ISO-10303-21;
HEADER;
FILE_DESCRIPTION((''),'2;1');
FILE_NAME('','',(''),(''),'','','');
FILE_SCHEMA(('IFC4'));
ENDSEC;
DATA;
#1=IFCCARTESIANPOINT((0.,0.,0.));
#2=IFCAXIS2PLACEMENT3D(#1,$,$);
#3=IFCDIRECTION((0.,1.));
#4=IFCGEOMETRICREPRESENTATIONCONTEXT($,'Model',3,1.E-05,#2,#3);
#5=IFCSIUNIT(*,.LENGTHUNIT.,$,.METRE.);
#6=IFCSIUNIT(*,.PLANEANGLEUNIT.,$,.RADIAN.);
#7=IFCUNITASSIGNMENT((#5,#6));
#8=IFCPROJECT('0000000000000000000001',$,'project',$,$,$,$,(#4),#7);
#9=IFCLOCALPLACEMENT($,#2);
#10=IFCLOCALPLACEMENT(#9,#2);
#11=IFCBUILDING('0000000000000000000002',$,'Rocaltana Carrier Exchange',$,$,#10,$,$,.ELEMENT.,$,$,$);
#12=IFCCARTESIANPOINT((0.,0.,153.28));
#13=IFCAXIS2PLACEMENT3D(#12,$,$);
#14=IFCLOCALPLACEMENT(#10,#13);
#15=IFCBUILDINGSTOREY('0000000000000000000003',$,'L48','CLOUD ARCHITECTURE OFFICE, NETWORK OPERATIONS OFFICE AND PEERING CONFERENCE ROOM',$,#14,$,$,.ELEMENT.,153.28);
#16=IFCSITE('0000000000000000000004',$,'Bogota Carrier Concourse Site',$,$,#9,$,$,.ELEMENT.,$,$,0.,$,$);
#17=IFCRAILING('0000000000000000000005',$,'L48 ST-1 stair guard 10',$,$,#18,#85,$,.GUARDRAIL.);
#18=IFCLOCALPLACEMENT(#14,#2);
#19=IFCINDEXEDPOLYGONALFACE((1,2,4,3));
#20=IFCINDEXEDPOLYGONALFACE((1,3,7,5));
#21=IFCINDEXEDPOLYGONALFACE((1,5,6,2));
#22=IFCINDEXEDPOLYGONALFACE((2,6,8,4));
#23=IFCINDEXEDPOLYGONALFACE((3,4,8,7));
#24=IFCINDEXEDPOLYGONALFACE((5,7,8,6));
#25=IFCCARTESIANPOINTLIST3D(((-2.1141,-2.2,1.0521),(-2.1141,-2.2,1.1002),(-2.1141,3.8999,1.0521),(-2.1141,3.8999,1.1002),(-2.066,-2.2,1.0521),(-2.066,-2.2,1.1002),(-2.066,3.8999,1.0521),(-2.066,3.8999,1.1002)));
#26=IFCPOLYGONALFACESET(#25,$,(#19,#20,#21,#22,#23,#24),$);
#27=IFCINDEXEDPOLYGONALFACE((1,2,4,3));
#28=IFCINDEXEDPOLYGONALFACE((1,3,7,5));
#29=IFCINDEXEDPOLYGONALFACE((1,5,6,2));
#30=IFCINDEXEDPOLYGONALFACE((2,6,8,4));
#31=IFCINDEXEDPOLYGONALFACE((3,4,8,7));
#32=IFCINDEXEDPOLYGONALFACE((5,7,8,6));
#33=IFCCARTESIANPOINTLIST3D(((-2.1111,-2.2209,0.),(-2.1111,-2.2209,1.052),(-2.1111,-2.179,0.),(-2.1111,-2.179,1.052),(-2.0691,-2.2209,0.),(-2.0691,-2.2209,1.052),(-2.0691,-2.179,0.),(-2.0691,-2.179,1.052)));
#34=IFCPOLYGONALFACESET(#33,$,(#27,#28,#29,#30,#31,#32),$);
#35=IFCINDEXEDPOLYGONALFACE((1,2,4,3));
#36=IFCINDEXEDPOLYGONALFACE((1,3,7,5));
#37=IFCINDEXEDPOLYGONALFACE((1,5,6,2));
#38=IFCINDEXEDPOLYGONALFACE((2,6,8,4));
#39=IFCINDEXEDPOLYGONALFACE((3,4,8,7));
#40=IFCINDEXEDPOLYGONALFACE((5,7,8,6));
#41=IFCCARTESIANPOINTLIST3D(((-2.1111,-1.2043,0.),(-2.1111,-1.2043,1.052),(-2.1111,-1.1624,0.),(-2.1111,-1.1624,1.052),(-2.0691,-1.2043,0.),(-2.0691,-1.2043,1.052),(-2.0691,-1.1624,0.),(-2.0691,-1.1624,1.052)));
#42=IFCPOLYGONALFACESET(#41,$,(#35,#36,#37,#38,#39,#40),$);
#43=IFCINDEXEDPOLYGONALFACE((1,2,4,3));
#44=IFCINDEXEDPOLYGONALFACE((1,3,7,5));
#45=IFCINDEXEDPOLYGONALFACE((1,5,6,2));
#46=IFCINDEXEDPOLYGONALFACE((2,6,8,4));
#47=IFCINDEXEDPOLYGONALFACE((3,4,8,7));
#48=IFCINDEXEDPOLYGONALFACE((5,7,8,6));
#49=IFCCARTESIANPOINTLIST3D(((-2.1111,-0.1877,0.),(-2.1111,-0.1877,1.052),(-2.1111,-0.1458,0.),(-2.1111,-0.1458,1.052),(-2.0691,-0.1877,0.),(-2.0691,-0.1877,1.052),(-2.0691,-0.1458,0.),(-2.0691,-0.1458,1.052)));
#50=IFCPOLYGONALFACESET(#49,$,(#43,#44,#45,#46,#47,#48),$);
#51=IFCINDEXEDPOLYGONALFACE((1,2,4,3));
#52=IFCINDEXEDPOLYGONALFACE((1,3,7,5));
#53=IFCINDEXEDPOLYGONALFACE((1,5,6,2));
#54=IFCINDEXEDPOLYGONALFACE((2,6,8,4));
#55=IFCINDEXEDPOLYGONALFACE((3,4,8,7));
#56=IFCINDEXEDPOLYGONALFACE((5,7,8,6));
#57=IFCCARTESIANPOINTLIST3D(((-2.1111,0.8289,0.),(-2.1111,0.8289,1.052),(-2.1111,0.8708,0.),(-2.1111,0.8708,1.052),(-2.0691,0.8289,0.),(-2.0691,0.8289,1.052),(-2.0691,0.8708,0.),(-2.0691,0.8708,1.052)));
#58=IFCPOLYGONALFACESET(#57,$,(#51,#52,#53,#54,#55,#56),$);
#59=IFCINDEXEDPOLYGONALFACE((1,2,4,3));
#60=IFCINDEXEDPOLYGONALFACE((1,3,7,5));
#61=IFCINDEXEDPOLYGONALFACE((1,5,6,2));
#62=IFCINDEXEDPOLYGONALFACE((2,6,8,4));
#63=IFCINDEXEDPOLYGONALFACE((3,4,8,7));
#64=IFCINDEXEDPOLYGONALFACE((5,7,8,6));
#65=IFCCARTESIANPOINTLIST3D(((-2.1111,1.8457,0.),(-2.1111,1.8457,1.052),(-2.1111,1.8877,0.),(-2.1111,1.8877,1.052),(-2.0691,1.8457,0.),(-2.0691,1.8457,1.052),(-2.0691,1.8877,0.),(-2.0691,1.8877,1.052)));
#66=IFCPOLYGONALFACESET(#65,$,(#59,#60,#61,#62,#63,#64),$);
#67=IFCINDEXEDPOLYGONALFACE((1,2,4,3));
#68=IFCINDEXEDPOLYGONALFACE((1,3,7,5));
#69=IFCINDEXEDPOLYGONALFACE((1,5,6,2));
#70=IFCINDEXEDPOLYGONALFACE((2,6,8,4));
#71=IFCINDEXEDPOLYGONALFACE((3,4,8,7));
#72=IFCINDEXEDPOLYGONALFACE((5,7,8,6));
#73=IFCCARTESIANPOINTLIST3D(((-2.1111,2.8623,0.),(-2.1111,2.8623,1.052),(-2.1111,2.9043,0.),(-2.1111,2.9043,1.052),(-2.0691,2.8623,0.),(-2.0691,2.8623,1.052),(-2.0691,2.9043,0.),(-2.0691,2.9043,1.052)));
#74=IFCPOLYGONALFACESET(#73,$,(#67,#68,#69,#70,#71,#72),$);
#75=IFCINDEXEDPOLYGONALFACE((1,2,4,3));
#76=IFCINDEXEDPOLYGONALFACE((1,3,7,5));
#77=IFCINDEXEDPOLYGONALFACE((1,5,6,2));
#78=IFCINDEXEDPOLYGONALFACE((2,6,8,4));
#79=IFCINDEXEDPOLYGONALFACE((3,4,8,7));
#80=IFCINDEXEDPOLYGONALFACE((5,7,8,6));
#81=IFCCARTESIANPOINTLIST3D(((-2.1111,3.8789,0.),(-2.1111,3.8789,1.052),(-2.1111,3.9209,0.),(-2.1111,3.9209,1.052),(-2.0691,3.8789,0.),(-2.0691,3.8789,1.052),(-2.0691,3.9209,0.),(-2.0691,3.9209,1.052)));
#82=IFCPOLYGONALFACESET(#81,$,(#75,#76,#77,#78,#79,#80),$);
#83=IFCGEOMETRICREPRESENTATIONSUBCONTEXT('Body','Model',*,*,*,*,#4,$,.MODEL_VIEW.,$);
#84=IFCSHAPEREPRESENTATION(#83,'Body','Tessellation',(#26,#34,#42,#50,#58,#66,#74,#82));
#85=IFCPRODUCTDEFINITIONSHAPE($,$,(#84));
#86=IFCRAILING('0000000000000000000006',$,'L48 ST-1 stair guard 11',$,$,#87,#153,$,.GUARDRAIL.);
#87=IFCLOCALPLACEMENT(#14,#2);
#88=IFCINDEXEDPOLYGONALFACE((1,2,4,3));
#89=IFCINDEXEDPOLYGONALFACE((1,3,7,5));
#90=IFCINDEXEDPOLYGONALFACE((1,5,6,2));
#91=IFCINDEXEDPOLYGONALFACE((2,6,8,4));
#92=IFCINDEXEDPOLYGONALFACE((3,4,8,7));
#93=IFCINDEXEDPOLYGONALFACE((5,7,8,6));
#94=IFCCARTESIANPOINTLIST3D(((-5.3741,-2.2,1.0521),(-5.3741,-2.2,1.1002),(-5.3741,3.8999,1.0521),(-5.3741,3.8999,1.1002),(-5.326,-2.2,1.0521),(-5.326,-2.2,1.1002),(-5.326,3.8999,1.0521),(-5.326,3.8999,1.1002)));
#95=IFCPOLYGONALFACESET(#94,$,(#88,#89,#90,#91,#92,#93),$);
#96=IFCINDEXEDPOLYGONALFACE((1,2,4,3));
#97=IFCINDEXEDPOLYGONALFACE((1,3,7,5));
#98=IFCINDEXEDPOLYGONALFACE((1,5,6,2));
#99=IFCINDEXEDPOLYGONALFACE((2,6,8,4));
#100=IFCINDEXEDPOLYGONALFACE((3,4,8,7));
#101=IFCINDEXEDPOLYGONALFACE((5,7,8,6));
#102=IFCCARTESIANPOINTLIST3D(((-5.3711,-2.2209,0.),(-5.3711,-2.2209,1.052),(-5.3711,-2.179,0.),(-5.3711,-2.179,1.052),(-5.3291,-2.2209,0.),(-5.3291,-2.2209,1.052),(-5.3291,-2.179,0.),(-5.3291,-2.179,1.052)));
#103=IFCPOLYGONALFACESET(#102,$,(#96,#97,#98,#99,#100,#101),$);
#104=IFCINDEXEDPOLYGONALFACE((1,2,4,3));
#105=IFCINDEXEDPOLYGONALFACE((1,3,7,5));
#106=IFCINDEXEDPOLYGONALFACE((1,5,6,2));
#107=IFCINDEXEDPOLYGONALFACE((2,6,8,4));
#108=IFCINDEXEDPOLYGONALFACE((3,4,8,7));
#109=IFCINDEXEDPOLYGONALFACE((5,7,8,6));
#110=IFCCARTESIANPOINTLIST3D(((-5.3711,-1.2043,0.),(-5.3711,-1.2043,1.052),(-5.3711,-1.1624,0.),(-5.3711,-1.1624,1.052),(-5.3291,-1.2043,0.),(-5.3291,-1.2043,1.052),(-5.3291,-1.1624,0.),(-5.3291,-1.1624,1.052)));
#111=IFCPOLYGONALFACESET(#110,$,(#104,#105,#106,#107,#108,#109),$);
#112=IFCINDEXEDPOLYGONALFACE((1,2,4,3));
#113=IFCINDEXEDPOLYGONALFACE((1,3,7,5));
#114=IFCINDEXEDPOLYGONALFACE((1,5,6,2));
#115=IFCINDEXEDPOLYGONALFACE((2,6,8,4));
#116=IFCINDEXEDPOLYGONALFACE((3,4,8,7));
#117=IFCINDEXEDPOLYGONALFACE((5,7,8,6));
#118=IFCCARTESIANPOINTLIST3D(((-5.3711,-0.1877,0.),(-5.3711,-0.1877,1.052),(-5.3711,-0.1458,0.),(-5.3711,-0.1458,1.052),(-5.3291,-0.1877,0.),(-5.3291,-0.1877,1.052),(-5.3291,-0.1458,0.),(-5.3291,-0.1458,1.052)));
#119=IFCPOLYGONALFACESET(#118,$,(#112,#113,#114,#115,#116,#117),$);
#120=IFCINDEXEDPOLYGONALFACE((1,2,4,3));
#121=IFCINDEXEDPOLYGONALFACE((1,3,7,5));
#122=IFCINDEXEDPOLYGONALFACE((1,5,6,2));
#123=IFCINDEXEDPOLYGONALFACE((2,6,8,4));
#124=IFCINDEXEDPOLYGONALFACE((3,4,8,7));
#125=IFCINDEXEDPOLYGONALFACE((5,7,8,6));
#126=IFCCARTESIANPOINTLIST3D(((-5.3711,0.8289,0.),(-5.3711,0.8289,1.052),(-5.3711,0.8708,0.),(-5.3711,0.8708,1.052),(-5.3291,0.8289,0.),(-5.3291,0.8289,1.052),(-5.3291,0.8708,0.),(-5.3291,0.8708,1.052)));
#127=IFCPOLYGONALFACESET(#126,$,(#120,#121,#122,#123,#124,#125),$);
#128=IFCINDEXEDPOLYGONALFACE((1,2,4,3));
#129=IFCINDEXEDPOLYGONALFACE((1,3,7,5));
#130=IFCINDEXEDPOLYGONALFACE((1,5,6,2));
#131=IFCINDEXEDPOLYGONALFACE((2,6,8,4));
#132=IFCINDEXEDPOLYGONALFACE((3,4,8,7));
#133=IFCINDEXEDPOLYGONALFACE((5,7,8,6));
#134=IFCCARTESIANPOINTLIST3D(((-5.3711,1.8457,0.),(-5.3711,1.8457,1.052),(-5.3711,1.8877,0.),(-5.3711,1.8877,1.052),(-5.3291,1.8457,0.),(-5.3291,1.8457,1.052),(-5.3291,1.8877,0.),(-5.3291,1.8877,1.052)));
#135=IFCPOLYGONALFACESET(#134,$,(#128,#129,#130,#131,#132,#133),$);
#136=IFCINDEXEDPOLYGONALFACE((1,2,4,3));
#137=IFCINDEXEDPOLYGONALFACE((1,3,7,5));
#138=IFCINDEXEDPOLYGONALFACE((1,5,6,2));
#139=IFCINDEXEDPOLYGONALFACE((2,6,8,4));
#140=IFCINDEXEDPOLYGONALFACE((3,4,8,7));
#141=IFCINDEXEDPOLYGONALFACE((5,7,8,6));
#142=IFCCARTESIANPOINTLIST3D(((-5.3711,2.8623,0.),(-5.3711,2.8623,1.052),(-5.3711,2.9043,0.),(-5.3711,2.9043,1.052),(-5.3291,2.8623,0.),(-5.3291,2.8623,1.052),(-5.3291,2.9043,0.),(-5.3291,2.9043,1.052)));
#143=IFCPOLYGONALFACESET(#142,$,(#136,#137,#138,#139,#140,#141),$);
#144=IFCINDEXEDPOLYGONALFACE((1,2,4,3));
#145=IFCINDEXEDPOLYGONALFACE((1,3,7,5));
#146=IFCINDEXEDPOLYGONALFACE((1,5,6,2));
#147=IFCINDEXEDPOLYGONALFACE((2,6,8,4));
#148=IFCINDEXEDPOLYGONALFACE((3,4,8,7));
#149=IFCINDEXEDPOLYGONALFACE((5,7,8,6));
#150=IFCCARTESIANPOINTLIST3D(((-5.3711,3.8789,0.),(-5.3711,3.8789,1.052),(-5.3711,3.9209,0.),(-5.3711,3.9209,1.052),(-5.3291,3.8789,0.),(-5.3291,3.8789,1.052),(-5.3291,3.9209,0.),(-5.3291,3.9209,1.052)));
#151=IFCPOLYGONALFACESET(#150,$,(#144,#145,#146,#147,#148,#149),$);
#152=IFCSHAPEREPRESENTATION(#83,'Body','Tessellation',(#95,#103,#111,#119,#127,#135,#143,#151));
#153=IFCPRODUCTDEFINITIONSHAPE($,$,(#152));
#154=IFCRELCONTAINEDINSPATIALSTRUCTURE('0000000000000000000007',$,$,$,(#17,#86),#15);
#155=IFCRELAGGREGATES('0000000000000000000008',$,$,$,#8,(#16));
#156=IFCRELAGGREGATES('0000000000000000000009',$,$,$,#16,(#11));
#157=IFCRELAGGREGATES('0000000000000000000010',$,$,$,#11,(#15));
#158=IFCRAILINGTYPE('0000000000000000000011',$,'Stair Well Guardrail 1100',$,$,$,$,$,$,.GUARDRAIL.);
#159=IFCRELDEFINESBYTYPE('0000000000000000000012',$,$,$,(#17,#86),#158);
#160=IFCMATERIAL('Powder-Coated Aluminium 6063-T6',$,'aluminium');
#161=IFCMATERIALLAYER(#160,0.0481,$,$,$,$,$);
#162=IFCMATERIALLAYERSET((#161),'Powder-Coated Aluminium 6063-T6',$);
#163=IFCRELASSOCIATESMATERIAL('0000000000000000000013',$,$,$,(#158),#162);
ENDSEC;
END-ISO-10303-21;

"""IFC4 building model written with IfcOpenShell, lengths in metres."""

from ifc_helpers import new_model, si_unit, direction, frame, origin, origin_2d, place, context, subcontext, project, spatial, rectangle, extrude, material, layer, layer_set, type_object, element, save


model = new_model("IFC4")

# Units and contexts
model_context = context("Model", 3, precision=1e-05, world=origin(), true_north=direction((0.0, 1.0)))
body_context = subcontext(model_context, "Body", "Model", "MODEL_VIEW")
ifc_project = project(units=[si_unit("LENGTHUNIT", "METRE"), si_unit("PLANEANGLEUNIT", "RADIAN")], contexts=[model_context])

# Site, building, storey
site_placement = place(None, origin())
site = spatial("IfcSite", under=ifc_project, at=site_placement, Name="Bogota Carrier Concourse Site", CompositionType="ELEMENT", RefElevation=0.0)
building_placement = place(site_placement, origin())
building = spatial("IfcBuilding", under=site, at=building_placement, Name="Rocaltana Carrier Exchange", CompositionType="ELEMENT")
storey_placement = place(building_placement, frame((0.0, 0.0, 153.28)))
storey = spatial("IfcBuildingStorey", under=building, at=storey_placement, Name="L48", Description="CLOUD ARCHITECTURE OFFICE, NETWORK OPERATIONS OFFICE AND PEERING CONFERENCE ROOM", CompositionType="ELEMENT", Elevation=153.28)

# Railings
ifc_material_1 = material(Name="Powder-Coated Aluminium 6063-T6", Category="aluminium")
ifc_layer_1 = layer(ifc_material_1, 0.0481)
ifc_layer_set_1 = layer_set([ifc_layer_1], Name="Powder-Coated Aluminium 6063-T6")
railing_type_1 = type_object("IfcRailingType", Name="Stair Well Guardrail 1100", PredefinedType="GUARDRAIL", material=ifc_layer_set_1)
for number, where, name in (
    (1, (-2.0901, -2.2, 0.0), "L48 ST-1 stair guard 10"),
    (2, (-5.3501, -2.2, 0.0), "L48 ST-1 stair guard 11"),
):
    element("IfcRailing", number, at=place(storey_placement, frame(where)), inside=storey, type_object=railing_type_1, Name=name, PredefinedType="GUARDRAIL", context=body_context, shape_type="SweptSolid", body=[
        extrude(rectangle(XDim=0.0481, YDim=0.0481, at=origin_2d()), frame((0.0, 0.0, 1.0762), z_axis=(0.0, 1.0, 0.0), x_axis=(-1.0, 0.0, 0.0)), (0.0, 0.0, 1.0), 6.0999),
        extrude(rectangle(XDim=0.042, YDim=0.042, at=origin_2d()), origin(), (0.0, 0.0, 1.0), 1.052),
        extrude(rectangle(XDim=0.042, YDim=0.042, at=origin_2d()), frame((0.0, 1.0166, 0.0)), (0.0, 0.0, 1.0), 1.052),
        extrude(rectangle(XDim=0.042, YDim=0.042, at=origin_2d()), frame((0.0, 2.0332, 0.0)), (0.0, 0.0, 1.0), 1.052),
        extrude(rectangle(XDim=0.042, YDim=0.042, at=origin_2d()), frame((0.0, 3.0498, 0.0)), (0.0, 0.0, 1.0), 1.052),
        extrude(rectangle(XDim=0.042, YDim=0.042, at=origin_2d()), frame((0.0, 4.0667, 0.0)), (0.0, 0.0, 1.0), 1.052),
        extrude(rectangle(XDim=0.042, YDim=0.042, at=origin_2d()), frame((0.0, 5.0833, 0.0)), (0.0, 0.0, 1.0), 1.052),
        extrude(rectangle(XDim=0.042, YDim=0.042, at=origin_2d()), frame((0.0, 6.0999, 0.0)), (0.0, 0.0, 1.0), 1.052),
    ])

save(model, "model.ifc")
